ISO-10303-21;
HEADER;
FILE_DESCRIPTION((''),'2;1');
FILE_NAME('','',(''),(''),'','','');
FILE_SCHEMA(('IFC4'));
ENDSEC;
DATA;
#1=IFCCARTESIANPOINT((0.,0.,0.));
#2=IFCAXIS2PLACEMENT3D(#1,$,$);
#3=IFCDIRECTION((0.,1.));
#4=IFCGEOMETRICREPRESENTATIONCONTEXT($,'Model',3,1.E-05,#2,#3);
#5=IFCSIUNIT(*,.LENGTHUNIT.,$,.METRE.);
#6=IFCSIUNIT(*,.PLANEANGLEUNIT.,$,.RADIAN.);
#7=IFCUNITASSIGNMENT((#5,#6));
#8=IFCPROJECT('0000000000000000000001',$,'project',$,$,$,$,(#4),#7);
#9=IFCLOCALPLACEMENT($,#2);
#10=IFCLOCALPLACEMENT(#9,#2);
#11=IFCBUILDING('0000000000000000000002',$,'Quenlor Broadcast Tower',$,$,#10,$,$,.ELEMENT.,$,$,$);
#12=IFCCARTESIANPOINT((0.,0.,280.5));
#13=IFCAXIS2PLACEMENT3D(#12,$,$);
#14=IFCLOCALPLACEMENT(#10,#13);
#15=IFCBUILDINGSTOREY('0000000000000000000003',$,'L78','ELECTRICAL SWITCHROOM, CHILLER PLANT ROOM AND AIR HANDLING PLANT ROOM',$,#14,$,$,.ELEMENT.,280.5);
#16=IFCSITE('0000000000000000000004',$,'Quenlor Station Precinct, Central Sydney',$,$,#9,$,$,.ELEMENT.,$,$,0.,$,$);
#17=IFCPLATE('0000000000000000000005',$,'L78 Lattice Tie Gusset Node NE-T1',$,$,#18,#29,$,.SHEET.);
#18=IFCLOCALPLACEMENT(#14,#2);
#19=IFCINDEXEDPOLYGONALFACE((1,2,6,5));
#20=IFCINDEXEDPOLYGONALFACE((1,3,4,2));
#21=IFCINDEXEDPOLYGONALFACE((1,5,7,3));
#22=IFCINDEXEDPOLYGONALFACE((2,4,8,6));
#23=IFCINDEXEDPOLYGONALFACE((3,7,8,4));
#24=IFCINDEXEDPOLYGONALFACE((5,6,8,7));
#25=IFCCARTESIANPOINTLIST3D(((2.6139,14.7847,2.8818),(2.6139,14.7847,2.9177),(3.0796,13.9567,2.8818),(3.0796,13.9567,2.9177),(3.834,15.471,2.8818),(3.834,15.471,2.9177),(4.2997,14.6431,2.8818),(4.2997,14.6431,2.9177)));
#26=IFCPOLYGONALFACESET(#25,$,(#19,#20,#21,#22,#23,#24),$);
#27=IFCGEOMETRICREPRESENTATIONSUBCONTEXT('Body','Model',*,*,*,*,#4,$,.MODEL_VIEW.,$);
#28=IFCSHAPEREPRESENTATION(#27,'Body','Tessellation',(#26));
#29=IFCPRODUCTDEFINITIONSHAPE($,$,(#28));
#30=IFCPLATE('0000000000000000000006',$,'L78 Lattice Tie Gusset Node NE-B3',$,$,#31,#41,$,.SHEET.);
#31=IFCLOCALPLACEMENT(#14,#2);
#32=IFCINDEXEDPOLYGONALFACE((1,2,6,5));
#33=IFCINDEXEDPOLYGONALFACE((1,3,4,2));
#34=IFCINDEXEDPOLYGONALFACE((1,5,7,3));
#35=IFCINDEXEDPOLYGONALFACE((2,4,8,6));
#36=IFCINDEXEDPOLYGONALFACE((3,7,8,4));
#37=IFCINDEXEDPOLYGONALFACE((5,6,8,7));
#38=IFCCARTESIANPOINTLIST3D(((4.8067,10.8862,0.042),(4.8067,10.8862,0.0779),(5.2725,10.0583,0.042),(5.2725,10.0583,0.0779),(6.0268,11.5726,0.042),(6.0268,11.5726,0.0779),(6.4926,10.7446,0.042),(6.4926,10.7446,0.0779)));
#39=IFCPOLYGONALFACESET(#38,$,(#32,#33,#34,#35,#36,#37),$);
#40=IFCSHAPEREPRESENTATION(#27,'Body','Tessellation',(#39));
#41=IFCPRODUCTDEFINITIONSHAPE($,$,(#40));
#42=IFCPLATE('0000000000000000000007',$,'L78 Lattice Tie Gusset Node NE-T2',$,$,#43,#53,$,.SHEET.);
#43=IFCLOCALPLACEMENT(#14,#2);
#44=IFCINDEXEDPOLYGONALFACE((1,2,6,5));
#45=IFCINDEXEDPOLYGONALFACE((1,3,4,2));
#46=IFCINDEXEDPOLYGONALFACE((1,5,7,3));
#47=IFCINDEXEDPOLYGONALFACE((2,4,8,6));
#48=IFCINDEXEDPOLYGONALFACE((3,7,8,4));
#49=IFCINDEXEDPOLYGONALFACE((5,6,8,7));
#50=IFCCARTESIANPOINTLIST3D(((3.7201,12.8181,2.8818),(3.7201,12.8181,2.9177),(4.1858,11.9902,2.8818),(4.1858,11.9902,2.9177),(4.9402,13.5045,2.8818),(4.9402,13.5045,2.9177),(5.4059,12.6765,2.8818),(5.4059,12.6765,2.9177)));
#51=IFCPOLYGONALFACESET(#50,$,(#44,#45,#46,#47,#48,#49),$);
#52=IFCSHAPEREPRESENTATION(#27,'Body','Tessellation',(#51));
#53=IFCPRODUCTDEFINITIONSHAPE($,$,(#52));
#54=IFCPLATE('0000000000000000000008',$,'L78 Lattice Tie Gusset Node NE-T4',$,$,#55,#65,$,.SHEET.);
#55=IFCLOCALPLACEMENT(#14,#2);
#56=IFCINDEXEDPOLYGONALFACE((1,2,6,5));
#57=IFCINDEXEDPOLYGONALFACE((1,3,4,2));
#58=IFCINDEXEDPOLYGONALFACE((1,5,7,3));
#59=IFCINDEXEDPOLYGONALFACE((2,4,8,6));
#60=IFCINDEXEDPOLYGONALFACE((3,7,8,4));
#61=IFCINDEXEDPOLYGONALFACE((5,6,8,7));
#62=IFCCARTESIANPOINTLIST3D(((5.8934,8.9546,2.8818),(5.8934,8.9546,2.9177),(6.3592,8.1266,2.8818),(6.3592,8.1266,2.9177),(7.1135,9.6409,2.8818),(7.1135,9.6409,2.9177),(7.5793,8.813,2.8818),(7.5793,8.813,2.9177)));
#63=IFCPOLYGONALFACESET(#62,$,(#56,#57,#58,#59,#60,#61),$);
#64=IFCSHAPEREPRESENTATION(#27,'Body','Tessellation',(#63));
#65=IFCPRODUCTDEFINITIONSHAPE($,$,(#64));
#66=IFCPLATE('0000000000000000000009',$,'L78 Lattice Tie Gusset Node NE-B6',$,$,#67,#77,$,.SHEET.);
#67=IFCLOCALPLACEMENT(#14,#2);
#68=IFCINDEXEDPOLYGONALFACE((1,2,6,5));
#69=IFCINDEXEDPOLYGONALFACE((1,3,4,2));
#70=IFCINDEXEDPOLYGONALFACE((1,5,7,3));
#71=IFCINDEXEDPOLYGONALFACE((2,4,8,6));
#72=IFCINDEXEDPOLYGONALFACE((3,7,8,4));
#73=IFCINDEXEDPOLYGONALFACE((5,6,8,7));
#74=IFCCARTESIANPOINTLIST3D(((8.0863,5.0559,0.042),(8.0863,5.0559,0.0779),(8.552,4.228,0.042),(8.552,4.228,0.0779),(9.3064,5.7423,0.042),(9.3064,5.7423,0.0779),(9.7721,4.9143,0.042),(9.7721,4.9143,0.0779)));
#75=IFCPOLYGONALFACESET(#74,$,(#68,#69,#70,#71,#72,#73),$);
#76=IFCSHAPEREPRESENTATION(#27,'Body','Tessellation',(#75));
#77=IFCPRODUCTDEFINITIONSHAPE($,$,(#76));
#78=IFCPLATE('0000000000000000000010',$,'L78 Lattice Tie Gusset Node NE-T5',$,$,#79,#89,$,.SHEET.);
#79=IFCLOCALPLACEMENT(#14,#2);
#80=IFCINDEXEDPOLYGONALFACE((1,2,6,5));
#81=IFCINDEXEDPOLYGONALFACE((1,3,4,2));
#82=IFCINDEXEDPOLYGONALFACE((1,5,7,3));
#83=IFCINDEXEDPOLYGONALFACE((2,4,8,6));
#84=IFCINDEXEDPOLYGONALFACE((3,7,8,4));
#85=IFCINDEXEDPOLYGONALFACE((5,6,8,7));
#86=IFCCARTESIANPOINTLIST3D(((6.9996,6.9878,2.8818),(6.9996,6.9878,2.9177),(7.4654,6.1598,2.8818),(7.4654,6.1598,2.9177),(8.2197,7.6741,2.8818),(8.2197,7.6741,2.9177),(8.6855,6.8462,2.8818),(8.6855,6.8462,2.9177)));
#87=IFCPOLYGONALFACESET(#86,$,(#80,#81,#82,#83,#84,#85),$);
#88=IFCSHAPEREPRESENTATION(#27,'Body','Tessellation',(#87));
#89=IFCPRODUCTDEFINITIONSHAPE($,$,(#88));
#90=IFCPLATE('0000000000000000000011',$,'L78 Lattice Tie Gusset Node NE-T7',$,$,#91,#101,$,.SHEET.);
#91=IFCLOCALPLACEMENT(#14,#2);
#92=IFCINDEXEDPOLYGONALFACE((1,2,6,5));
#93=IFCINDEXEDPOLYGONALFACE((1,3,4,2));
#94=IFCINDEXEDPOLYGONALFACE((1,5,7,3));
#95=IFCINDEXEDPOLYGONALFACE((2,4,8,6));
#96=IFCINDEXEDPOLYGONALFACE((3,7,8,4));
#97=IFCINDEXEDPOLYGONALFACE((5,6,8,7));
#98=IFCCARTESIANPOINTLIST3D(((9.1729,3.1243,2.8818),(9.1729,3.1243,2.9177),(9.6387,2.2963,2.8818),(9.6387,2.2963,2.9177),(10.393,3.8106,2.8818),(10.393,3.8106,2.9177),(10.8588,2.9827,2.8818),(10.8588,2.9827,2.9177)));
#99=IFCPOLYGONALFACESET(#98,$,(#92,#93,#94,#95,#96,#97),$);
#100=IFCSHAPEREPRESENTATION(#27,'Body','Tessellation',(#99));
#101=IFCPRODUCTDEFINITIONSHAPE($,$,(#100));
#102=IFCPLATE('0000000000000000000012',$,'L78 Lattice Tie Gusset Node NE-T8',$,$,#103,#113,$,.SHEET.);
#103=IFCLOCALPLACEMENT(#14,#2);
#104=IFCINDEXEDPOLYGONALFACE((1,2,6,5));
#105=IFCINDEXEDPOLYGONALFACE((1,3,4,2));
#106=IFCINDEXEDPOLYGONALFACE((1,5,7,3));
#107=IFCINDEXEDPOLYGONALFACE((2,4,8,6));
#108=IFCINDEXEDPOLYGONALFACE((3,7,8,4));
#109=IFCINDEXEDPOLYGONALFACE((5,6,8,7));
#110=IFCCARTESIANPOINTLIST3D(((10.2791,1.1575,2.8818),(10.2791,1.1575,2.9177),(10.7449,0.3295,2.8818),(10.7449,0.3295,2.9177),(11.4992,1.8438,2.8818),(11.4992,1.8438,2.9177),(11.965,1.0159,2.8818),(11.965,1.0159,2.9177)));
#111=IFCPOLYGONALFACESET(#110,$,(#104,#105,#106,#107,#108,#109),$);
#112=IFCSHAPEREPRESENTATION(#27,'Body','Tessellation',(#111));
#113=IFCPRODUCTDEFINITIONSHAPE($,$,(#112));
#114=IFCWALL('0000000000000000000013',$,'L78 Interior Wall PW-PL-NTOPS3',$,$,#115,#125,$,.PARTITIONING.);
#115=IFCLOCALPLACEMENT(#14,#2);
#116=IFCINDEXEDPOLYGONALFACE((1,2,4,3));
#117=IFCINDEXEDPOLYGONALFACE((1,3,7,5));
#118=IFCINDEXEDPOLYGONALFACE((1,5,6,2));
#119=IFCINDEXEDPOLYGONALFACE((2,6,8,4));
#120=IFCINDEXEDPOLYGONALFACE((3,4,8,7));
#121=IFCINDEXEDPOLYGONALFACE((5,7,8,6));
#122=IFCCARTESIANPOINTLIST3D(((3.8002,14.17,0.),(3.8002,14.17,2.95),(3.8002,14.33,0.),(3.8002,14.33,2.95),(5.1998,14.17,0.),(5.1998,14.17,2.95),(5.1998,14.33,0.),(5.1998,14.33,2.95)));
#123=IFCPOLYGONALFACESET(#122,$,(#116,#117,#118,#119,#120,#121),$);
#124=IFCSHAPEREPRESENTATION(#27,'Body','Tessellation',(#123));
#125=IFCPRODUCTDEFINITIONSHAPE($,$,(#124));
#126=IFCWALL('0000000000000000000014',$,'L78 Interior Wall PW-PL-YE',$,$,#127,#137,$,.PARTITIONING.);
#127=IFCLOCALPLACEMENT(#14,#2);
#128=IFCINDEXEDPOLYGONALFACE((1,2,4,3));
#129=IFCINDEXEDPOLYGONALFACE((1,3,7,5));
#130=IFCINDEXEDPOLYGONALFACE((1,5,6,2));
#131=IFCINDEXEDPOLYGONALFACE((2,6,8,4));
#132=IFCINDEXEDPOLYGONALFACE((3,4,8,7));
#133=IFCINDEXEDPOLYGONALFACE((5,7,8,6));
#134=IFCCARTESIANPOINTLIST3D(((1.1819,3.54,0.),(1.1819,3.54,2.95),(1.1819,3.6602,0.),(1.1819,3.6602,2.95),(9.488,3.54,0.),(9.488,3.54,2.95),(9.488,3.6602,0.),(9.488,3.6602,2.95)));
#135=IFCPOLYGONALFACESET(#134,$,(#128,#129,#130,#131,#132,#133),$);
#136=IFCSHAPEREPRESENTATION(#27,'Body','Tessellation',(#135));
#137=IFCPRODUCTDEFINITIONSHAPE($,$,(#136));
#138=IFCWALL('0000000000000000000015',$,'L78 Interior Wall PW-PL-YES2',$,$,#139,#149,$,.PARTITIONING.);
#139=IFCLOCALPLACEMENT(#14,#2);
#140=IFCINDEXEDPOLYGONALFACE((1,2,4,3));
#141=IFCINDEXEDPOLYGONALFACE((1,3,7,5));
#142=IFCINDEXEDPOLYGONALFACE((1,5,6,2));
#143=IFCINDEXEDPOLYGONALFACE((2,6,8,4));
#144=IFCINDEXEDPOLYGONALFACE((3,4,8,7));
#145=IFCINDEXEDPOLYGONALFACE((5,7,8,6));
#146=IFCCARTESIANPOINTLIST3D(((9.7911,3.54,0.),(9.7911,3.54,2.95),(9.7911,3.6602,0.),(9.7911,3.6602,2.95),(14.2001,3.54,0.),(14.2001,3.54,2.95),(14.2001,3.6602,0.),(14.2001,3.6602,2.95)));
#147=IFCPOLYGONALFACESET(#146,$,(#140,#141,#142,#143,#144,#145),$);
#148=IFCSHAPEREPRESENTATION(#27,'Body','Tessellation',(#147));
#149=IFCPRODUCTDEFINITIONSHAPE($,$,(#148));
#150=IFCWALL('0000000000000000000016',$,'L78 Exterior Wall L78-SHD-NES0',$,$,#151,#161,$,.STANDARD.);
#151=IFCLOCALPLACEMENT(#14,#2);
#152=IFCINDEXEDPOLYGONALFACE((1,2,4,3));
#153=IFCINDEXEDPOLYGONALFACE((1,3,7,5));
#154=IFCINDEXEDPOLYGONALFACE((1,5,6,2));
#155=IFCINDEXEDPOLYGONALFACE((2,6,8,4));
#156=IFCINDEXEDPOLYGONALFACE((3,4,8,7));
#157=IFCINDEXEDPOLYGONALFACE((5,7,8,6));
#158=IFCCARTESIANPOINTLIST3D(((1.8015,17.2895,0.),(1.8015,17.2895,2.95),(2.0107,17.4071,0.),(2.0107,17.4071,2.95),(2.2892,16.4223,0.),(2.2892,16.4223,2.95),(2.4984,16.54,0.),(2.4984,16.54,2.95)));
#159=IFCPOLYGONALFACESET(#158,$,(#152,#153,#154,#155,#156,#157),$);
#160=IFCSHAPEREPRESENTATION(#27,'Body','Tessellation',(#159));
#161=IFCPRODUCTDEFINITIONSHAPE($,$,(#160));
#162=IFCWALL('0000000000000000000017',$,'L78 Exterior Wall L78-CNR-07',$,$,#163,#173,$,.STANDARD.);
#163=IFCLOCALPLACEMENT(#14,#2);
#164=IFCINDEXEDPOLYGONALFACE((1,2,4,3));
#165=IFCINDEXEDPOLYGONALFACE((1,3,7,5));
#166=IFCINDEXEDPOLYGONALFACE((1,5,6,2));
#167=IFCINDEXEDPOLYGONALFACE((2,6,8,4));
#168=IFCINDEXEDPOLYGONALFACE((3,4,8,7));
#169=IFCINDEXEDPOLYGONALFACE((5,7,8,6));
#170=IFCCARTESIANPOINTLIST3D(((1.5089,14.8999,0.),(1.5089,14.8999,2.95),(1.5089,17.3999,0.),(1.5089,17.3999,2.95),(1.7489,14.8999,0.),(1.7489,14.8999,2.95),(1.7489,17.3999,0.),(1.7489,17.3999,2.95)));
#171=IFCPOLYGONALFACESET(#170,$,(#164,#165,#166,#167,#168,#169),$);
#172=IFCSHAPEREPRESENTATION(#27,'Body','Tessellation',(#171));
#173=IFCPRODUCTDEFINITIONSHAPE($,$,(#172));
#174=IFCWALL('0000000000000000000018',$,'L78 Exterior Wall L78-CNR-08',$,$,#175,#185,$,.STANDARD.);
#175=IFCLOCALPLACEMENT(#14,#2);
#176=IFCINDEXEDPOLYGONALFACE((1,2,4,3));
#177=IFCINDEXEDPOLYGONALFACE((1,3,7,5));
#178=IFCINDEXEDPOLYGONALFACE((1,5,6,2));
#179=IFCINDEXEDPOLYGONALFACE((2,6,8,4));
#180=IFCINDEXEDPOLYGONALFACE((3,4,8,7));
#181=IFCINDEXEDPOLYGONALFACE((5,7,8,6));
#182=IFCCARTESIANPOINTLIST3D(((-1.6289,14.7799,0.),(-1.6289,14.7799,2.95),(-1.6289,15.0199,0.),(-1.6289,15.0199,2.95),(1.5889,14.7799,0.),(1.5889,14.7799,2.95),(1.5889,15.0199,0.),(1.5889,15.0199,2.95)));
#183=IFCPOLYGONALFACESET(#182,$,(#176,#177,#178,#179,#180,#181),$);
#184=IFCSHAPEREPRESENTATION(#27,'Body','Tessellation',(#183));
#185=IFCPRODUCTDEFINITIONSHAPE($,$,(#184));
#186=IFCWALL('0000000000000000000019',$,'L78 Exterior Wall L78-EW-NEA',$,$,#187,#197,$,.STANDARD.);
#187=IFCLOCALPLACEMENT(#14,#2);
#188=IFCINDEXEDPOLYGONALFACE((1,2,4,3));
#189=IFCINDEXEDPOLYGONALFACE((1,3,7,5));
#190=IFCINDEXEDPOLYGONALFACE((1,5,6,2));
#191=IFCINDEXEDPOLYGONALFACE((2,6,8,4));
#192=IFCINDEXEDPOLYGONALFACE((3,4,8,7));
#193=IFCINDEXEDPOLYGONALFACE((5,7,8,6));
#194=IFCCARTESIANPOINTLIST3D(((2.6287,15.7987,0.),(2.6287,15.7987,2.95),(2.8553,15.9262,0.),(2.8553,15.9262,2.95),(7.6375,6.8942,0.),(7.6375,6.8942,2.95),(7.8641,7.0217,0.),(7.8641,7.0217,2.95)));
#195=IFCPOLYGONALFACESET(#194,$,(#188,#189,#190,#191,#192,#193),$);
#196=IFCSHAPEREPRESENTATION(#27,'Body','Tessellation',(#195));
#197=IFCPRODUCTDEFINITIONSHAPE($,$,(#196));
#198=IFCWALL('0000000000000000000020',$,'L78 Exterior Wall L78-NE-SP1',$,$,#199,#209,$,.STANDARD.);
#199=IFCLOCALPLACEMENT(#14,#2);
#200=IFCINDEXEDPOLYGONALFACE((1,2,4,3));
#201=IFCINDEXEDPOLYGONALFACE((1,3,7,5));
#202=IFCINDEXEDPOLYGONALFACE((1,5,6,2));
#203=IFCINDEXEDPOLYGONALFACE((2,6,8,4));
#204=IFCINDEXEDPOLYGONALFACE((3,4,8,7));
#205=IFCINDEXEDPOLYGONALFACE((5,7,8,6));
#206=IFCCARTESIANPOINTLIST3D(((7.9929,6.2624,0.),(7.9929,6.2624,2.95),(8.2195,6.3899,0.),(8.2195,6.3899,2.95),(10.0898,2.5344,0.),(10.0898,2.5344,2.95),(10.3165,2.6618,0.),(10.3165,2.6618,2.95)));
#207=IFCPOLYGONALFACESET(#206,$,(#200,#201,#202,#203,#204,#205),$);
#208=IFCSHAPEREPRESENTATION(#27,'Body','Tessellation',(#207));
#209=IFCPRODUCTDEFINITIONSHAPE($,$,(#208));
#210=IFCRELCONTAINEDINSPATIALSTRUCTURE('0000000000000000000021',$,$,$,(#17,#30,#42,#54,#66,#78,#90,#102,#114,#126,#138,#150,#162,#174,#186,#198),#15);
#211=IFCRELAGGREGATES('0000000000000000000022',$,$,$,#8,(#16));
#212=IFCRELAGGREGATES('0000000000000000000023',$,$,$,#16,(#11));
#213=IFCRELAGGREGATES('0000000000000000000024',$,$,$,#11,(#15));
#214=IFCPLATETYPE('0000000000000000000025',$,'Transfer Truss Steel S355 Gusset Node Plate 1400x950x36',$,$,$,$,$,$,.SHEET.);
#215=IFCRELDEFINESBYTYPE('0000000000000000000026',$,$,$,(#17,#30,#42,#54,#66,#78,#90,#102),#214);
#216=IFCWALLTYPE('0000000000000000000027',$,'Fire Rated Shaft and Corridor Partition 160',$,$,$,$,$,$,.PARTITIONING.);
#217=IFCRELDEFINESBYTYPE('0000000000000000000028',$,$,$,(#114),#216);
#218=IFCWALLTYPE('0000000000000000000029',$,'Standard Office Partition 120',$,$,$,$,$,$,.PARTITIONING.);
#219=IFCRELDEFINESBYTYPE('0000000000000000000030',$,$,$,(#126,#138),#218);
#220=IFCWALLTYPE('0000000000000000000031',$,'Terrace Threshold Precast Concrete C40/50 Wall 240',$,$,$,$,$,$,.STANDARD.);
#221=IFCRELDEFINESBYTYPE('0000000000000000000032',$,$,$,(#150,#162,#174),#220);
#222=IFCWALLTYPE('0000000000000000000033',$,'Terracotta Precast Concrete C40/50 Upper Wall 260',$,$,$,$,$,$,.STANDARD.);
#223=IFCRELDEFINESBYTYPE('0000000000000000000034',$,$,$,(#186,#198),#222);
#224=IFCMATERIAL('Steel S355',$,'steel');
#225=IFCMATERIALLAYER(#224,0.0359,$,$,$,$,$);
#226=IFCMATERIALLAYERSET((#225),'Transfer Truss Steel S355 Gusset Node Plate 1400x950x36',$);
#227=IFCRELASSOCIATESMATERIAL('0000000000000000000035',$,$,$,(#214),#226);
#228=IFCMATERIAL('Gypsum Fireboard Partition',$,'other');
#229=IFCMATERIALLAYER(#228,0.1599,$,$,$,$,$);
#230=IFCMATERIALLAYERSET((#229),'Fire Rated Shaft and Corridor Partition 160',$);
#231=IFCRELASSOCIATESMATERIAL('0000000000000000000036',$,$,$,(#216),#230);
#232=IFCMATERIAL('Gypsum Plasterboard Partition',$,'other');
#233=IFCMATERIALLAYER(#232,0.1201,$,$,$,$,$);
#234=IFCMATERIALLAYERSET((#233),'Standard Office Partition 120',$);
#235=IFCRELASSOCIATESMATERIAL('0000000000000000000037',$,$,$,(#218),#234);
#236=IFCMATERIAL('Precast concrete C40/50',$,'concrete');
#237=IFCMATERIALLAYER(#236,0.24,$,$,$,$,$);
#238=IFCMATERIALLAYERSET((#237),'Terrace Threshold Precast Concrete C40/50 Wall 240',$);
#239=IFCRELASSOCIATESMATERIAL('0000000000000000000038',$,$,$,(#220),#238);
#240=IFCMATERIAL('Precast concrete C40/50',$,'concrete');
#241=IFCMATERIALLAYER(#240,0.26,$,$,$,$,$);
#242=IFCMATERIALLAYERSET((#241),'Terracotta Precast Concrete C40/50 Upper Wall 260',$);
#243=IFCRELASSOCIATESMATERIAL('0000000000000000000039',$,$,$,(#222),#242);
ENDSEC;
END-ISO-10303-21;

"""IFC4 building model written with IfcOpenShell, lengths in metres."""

from ifc_helpers import new_model, si_unit, direction, frame, frame_2d, origin, origin_2d, place, context, subcontext, project, spatial, rectangle, extrude, material, layer, layer_set, type_object, element, save


model = new_model("IFC4")

# Units and contexts
model_context = context("Model", 3, precision=1e-05, world=origin(), true_north=direction((0.0, 1.0)))
body_context = subcontext(model_context, "Body", "Model", "MODEL_VIEW")
ifc_project = project(units=[si_unit("LENGTHUNIT", "METRE"), si_unit("PLANEANGLEUNIT", "RADIAN")], contexts=[model_context])

# Site, building, storey
site_placement = place(None, origin())
site = spatial("IfcSite", under=ifc_project, at=site_placement, Name="Quenlor Station Precinct, Central Sydney", CompositionType="ELEMENT", RefElevation=0.0)
building_placement = place(site_placement, origin())
building = spatial("IfcBuilding", under=site, at=building_placement, Name="Quenlor Broadcast Tower", CompositionType="ELEMENT")
storey_placement = place(building_placement, frame((0.0, 0.0, 280.5)))
storey = spatial("IfcBuildingStorey", under=building, at=storey_placement, Name="L78", Description="ELECTRICAL SWITCHROOM, CHILLER PLANT ROOM AND AIR HANDLING PLANT ROOM", CompositionType="ELEMENT", Elevation=280.5)

# Plates
ifc_material_1 = material(Name="Steel S355", Category="steel")
ifc_layer_1 = layer(ifc_material_1, 0.0359)
ifc_layer_set_1 = layer_set([ifc_layer_1], Name="Transfer Truss Steel S355 Gusset Node Plate 1400x950x36")
plate_type_1 = type_object("IfcPlateType", Name="Transfer Truss Steel S355 Gusset Node Plate 1400x950x36", PredefinedType="SHEET", material=ifc_layer_set_1)
for number, where, z_axis, x_axis, name in (
    (1, (3.4568, 14.7139, 2.8818), (0.0, 0.0, 1.0), (0.871556, 0.490295, 0.0), "L78 Lattice Tie Gusset Node NE-T1"),
    (2, (5.6497, 10.8154, 0.042), (0.0, 0.0, 1.0), (0.871556, 0.490295, 0.0), "L78 Lattice Tie Gusset Node NE-B3"),
    (3, (4.563, 12.7473, 2.8818), (0.0, 0.0, 1.0), (0.871556, 0.490295, 0.0), "L78 Lattice Tie Gusset Node NE-T2"),
    (4, (6.7363, 8.8838, 2.8818), (0.0, 0.0, 1.0), (0.871556, 0.490295, 0.0), "L78 Lattice Tie Gusset Node NE-T4"),
    (5, (8.9292, 4.9851, 0.042), (0.0, 0.0, 1.0), (0.871556, 0.490295, 0.0), "L78 Lattice Tie Gusset Node NE-B6"),
    (6, (7.8425, 6.917, 2.8818), (0.0, 0.0, 1.0), (0.871556, 0.490295, 0.0), "L78 Lattice Tie Gusset Node NE-T5"),
    (7, (10.0159, 3.0535, 2.8818), (0.0, 0.0, 1.0), (0.871556, 0.490295, 0.0), "L78 Lattice Tie Gusset Node NE-T7"),
    (8, (11.1221, 1.0867, 2.8818), (0.0, 0.0, 1.0), (0.871556, 0.490295, 0.0), "L78 Lattice Tie Gusset Node NE-T8"),
):
    element("IfcPlate", number, at=place(storey_placement, frame(where, z_axis=z_axis, x_axis=x_axis)), inside=storey, type_object=plate_type_1, Name=name, PredefinedType="SHEET", context=body_context, shape_type="SweptSolid", body=[
        extrude(rectangle(XDim=1.3999, YDim=0.95, at=origin_2d()), origin(), (0.0, 0.0, 1.0), 0.0359),
    ])

# Walls
ifc_material_2 = material(Name="Gypsum Fireboard Partition", Category="other")
ifc_layer_2 = layer(ifc_material_2, 0.1599)
ifc_layer_set_2 = layer_set([ifc_layer_2], Name="Fire Rated Shaft and Corridor Partition 160")
wall_type_1 = type_object("IfcWallType", Name="Fire Rated Shaft and Corridor Partition 160", PredefinedType="PARTITIONING", material=ifc_layer_set_2)
wall_1_placement = place(storey_placement, frame((3.8003, 14.25, 0.0), z_axis=(0.0, 0.0, 1.0), x_axis=(1.0, 0.0, 0.0)))
element("IfcWall", 9, at=wall_1_placement, inside=storey, type_object=wall_type_1, Name="L78 Interior Wall PW-PL-NTOPS3", PredefinedType="PARTITIONING", context=body_context, shape_type="SweptSolid", body=[
    extrude(rectangle(XDim=1.3997, YDim=0.1599, at=frame_2d((0.6997, 0.0))), origin(), (0.0, 0.0, 1.0), 2.95),
])
ifc_material_3 = material(Name="Gypsum Plasterboard Partition", Category="other")
ifc_layer_3 = layer(ifc_material_3, 0.1201)
ifc_layer_set_3 = layer_set([ifc_layer_3], Name="Standard Office Partition 120")
wall_type_2 = type_object("IfcWallType", Name="Standard Office Partition 120", PredefinedType="PARTITIONING", material=ifc_layer_set_3)
wall_2_placement = place(storey_placement, frame((1.1819, 3.6001, 0.0), z_axis=(0.0, 0.0, 1.0), x_axis=(1.0, 0.0, 0.0)))
element("IfcWall", 10, at=wall_2_placement, inside=storey, type_object=wall_type_2, Name="L78 Interior Wall PW-PL-YE", PredefinedType="PARTITIONING", context=body_context, shape_type="SweptSolid", body=[
    extrude(rectangle(XDim=8.3062, YDim=0.1201, at=frame_2d((4.1531, 0.0))), origin(), (0.0, 0.0, 1.0), 2.95),
])
wall_3_placement = place(storey_placement, frame((9.791, 3.6001, 0.0), z_axis=(0.0, 0.0, 1.0), x_axis=(1.0, 0.0, 0.0)))
element("IfcWall", 11, at=wall_3_placement, inside=storey, type_object=wall_type_2, Name="L78 Interior Wall PW-PL-YES2", PredefinedType="PARTITIONING", context=body_context, shape_type="SweptSolid", body=[
    extrude(rectangle(XDim=4.4089, YDim=0.1201, at=frame_2d((2.2046, 0.0))), origin(), (0.0, 0.0, 1.0), 2.95),
])
ifc_material_4 = material(Name="Precast concrete C40/50", Category="concrete")
ifc_layer_4 = layer(ifc_material_4, 0.24)
ifc_layer_set_4 = layer_set([ifc_layer_4], Name="Terrace Threshold Precast Concrete C40/50 Wall 240")
wall_type_3 = type_object("IfcWallType", Name="Terrace Threshold Precast Concrete C40/50 Wall 240", PredefinedType="STANDARD", material=ifc_layer_set_4)
wall_4_placement = place(storey_placement, frame((1.906, 17.3484, 0.0), z_axis=(0.0, 0.0, 1.0), x_axis=(0.490261, -0.871576, 0.0)))
element("IfcWall", 12, at=wall_4_placement, inside=storey, type_object=wall_type_3, Name="L78 Exterior Wall L78-SHD-NES0", PredefinedType="STANDARD", context=body_context, shape_type="SweptSolid", body=[
    extrude(rectangle(XDim=0.9949, YDim=0.24, at=frame_2d((0.4976, 0.0))), origin(), (0.0, 0.0, 1.0), 2.95),
])
wall_5_placement = place(storey_placement, frame((1.6289, 17.3999, 0.0), z_axis=(0.0, 0.0, 1.0), x_axis=(0.0, -1.0, 0.0)))
element("IfcWall", 13, at=wall_5_placement, inside=storey, type_object=wall_type_3, Name="L78 Exterior Wall L78-CNR-07", PredefinedType="STANDARD", context=body_context, shape_type="SweptSolid", body=[
    extrude(rectangle(XDim=2.5, YDim=0.24, at=frame_2d((1.25, 0.0))), origin(), (0.0, 0.0, 1.0), 2.95),
])
wall_6_placement = place(storey_placement, frame((1.5889, 14.8999, 0.0), z_axis=(0.0, 0.0, 1.0), x_axis=(-1.0, 0.0, 0.0)))
element("IfcWall", 14, at=wall_6_placement, inside=storey, type_object=wall_type_3, Name="L78 Exterior Wall L78-CNR-08", PredefinedType="STANDARD", context=body_context, shape_type="SweptSolid", body=[
    extrude(rectangle(XDim=3.2178, YDim=0.24, at=frame_2d((1.6089, 0.0))), origin(), (0.0, 0.0, 1.0), 2.95),
])
ifc_material_5 = material(Name="Precast concrete C40/50", Category="concrete")
ifc_layer_5 = layer(ifc_material_5, 0.26)
ifc_layer_set_5 = layer_set([ifc_layer_5], Name="Terracotta Precast Concrete C40/50 Upper Wall 260")
wall_type_4 = type_object("IfcWallType", Name="Terracotta Precast Concrete C40/50 Upper Wall 260", PredefinedType="STANDARD", material=ifc_layer_set_5)
wall_7_placement = place(storey_placement, frame((2.7419, 15.8625, 0.0), z_axis=(0.0, 0.0, 1.0), x_axis=(0.49026, -0.871576, 0.0)))
element("IfcWall", 15, at=wall_7_placement, inside=storey, type_object=wall_type_4, Name="L78 Exterior Wall L78-EW-NEA", PredefinedType="STANDARD", context=body_context, shape_type="SweptSolid", body=[
    extrude(rectangle(XDim=10.2166, YDim=0.26, at=frame_2d((5.1084, 0.0))), origin(), (0.0, 0.0, 1.0), 2.95),
])
wall_8_placement = place(storey_placement, frame((8.1062, 6.3262, 0.0), z_axis=(0.0, 0.0, 1.0), x_axis=(0.490245, -0.871585, 0.0)))
element("IfcWall", 16, at=wall_8_placement, inside=storey, type_object=wall_type_4, Name="L78 Exterior Wall L78-NE-SP1", PredefinedType="STANDARD", context=body_context, shape_type="SweptSolid", body=[
    extrude(rectangle(XDim=4.2773, YDim=0.26, at=frame_2d((2.1387, 0.0))), origin(), (0.0, 0.0, 1.0), 2.95),
])

save(model, "model.ifc")
